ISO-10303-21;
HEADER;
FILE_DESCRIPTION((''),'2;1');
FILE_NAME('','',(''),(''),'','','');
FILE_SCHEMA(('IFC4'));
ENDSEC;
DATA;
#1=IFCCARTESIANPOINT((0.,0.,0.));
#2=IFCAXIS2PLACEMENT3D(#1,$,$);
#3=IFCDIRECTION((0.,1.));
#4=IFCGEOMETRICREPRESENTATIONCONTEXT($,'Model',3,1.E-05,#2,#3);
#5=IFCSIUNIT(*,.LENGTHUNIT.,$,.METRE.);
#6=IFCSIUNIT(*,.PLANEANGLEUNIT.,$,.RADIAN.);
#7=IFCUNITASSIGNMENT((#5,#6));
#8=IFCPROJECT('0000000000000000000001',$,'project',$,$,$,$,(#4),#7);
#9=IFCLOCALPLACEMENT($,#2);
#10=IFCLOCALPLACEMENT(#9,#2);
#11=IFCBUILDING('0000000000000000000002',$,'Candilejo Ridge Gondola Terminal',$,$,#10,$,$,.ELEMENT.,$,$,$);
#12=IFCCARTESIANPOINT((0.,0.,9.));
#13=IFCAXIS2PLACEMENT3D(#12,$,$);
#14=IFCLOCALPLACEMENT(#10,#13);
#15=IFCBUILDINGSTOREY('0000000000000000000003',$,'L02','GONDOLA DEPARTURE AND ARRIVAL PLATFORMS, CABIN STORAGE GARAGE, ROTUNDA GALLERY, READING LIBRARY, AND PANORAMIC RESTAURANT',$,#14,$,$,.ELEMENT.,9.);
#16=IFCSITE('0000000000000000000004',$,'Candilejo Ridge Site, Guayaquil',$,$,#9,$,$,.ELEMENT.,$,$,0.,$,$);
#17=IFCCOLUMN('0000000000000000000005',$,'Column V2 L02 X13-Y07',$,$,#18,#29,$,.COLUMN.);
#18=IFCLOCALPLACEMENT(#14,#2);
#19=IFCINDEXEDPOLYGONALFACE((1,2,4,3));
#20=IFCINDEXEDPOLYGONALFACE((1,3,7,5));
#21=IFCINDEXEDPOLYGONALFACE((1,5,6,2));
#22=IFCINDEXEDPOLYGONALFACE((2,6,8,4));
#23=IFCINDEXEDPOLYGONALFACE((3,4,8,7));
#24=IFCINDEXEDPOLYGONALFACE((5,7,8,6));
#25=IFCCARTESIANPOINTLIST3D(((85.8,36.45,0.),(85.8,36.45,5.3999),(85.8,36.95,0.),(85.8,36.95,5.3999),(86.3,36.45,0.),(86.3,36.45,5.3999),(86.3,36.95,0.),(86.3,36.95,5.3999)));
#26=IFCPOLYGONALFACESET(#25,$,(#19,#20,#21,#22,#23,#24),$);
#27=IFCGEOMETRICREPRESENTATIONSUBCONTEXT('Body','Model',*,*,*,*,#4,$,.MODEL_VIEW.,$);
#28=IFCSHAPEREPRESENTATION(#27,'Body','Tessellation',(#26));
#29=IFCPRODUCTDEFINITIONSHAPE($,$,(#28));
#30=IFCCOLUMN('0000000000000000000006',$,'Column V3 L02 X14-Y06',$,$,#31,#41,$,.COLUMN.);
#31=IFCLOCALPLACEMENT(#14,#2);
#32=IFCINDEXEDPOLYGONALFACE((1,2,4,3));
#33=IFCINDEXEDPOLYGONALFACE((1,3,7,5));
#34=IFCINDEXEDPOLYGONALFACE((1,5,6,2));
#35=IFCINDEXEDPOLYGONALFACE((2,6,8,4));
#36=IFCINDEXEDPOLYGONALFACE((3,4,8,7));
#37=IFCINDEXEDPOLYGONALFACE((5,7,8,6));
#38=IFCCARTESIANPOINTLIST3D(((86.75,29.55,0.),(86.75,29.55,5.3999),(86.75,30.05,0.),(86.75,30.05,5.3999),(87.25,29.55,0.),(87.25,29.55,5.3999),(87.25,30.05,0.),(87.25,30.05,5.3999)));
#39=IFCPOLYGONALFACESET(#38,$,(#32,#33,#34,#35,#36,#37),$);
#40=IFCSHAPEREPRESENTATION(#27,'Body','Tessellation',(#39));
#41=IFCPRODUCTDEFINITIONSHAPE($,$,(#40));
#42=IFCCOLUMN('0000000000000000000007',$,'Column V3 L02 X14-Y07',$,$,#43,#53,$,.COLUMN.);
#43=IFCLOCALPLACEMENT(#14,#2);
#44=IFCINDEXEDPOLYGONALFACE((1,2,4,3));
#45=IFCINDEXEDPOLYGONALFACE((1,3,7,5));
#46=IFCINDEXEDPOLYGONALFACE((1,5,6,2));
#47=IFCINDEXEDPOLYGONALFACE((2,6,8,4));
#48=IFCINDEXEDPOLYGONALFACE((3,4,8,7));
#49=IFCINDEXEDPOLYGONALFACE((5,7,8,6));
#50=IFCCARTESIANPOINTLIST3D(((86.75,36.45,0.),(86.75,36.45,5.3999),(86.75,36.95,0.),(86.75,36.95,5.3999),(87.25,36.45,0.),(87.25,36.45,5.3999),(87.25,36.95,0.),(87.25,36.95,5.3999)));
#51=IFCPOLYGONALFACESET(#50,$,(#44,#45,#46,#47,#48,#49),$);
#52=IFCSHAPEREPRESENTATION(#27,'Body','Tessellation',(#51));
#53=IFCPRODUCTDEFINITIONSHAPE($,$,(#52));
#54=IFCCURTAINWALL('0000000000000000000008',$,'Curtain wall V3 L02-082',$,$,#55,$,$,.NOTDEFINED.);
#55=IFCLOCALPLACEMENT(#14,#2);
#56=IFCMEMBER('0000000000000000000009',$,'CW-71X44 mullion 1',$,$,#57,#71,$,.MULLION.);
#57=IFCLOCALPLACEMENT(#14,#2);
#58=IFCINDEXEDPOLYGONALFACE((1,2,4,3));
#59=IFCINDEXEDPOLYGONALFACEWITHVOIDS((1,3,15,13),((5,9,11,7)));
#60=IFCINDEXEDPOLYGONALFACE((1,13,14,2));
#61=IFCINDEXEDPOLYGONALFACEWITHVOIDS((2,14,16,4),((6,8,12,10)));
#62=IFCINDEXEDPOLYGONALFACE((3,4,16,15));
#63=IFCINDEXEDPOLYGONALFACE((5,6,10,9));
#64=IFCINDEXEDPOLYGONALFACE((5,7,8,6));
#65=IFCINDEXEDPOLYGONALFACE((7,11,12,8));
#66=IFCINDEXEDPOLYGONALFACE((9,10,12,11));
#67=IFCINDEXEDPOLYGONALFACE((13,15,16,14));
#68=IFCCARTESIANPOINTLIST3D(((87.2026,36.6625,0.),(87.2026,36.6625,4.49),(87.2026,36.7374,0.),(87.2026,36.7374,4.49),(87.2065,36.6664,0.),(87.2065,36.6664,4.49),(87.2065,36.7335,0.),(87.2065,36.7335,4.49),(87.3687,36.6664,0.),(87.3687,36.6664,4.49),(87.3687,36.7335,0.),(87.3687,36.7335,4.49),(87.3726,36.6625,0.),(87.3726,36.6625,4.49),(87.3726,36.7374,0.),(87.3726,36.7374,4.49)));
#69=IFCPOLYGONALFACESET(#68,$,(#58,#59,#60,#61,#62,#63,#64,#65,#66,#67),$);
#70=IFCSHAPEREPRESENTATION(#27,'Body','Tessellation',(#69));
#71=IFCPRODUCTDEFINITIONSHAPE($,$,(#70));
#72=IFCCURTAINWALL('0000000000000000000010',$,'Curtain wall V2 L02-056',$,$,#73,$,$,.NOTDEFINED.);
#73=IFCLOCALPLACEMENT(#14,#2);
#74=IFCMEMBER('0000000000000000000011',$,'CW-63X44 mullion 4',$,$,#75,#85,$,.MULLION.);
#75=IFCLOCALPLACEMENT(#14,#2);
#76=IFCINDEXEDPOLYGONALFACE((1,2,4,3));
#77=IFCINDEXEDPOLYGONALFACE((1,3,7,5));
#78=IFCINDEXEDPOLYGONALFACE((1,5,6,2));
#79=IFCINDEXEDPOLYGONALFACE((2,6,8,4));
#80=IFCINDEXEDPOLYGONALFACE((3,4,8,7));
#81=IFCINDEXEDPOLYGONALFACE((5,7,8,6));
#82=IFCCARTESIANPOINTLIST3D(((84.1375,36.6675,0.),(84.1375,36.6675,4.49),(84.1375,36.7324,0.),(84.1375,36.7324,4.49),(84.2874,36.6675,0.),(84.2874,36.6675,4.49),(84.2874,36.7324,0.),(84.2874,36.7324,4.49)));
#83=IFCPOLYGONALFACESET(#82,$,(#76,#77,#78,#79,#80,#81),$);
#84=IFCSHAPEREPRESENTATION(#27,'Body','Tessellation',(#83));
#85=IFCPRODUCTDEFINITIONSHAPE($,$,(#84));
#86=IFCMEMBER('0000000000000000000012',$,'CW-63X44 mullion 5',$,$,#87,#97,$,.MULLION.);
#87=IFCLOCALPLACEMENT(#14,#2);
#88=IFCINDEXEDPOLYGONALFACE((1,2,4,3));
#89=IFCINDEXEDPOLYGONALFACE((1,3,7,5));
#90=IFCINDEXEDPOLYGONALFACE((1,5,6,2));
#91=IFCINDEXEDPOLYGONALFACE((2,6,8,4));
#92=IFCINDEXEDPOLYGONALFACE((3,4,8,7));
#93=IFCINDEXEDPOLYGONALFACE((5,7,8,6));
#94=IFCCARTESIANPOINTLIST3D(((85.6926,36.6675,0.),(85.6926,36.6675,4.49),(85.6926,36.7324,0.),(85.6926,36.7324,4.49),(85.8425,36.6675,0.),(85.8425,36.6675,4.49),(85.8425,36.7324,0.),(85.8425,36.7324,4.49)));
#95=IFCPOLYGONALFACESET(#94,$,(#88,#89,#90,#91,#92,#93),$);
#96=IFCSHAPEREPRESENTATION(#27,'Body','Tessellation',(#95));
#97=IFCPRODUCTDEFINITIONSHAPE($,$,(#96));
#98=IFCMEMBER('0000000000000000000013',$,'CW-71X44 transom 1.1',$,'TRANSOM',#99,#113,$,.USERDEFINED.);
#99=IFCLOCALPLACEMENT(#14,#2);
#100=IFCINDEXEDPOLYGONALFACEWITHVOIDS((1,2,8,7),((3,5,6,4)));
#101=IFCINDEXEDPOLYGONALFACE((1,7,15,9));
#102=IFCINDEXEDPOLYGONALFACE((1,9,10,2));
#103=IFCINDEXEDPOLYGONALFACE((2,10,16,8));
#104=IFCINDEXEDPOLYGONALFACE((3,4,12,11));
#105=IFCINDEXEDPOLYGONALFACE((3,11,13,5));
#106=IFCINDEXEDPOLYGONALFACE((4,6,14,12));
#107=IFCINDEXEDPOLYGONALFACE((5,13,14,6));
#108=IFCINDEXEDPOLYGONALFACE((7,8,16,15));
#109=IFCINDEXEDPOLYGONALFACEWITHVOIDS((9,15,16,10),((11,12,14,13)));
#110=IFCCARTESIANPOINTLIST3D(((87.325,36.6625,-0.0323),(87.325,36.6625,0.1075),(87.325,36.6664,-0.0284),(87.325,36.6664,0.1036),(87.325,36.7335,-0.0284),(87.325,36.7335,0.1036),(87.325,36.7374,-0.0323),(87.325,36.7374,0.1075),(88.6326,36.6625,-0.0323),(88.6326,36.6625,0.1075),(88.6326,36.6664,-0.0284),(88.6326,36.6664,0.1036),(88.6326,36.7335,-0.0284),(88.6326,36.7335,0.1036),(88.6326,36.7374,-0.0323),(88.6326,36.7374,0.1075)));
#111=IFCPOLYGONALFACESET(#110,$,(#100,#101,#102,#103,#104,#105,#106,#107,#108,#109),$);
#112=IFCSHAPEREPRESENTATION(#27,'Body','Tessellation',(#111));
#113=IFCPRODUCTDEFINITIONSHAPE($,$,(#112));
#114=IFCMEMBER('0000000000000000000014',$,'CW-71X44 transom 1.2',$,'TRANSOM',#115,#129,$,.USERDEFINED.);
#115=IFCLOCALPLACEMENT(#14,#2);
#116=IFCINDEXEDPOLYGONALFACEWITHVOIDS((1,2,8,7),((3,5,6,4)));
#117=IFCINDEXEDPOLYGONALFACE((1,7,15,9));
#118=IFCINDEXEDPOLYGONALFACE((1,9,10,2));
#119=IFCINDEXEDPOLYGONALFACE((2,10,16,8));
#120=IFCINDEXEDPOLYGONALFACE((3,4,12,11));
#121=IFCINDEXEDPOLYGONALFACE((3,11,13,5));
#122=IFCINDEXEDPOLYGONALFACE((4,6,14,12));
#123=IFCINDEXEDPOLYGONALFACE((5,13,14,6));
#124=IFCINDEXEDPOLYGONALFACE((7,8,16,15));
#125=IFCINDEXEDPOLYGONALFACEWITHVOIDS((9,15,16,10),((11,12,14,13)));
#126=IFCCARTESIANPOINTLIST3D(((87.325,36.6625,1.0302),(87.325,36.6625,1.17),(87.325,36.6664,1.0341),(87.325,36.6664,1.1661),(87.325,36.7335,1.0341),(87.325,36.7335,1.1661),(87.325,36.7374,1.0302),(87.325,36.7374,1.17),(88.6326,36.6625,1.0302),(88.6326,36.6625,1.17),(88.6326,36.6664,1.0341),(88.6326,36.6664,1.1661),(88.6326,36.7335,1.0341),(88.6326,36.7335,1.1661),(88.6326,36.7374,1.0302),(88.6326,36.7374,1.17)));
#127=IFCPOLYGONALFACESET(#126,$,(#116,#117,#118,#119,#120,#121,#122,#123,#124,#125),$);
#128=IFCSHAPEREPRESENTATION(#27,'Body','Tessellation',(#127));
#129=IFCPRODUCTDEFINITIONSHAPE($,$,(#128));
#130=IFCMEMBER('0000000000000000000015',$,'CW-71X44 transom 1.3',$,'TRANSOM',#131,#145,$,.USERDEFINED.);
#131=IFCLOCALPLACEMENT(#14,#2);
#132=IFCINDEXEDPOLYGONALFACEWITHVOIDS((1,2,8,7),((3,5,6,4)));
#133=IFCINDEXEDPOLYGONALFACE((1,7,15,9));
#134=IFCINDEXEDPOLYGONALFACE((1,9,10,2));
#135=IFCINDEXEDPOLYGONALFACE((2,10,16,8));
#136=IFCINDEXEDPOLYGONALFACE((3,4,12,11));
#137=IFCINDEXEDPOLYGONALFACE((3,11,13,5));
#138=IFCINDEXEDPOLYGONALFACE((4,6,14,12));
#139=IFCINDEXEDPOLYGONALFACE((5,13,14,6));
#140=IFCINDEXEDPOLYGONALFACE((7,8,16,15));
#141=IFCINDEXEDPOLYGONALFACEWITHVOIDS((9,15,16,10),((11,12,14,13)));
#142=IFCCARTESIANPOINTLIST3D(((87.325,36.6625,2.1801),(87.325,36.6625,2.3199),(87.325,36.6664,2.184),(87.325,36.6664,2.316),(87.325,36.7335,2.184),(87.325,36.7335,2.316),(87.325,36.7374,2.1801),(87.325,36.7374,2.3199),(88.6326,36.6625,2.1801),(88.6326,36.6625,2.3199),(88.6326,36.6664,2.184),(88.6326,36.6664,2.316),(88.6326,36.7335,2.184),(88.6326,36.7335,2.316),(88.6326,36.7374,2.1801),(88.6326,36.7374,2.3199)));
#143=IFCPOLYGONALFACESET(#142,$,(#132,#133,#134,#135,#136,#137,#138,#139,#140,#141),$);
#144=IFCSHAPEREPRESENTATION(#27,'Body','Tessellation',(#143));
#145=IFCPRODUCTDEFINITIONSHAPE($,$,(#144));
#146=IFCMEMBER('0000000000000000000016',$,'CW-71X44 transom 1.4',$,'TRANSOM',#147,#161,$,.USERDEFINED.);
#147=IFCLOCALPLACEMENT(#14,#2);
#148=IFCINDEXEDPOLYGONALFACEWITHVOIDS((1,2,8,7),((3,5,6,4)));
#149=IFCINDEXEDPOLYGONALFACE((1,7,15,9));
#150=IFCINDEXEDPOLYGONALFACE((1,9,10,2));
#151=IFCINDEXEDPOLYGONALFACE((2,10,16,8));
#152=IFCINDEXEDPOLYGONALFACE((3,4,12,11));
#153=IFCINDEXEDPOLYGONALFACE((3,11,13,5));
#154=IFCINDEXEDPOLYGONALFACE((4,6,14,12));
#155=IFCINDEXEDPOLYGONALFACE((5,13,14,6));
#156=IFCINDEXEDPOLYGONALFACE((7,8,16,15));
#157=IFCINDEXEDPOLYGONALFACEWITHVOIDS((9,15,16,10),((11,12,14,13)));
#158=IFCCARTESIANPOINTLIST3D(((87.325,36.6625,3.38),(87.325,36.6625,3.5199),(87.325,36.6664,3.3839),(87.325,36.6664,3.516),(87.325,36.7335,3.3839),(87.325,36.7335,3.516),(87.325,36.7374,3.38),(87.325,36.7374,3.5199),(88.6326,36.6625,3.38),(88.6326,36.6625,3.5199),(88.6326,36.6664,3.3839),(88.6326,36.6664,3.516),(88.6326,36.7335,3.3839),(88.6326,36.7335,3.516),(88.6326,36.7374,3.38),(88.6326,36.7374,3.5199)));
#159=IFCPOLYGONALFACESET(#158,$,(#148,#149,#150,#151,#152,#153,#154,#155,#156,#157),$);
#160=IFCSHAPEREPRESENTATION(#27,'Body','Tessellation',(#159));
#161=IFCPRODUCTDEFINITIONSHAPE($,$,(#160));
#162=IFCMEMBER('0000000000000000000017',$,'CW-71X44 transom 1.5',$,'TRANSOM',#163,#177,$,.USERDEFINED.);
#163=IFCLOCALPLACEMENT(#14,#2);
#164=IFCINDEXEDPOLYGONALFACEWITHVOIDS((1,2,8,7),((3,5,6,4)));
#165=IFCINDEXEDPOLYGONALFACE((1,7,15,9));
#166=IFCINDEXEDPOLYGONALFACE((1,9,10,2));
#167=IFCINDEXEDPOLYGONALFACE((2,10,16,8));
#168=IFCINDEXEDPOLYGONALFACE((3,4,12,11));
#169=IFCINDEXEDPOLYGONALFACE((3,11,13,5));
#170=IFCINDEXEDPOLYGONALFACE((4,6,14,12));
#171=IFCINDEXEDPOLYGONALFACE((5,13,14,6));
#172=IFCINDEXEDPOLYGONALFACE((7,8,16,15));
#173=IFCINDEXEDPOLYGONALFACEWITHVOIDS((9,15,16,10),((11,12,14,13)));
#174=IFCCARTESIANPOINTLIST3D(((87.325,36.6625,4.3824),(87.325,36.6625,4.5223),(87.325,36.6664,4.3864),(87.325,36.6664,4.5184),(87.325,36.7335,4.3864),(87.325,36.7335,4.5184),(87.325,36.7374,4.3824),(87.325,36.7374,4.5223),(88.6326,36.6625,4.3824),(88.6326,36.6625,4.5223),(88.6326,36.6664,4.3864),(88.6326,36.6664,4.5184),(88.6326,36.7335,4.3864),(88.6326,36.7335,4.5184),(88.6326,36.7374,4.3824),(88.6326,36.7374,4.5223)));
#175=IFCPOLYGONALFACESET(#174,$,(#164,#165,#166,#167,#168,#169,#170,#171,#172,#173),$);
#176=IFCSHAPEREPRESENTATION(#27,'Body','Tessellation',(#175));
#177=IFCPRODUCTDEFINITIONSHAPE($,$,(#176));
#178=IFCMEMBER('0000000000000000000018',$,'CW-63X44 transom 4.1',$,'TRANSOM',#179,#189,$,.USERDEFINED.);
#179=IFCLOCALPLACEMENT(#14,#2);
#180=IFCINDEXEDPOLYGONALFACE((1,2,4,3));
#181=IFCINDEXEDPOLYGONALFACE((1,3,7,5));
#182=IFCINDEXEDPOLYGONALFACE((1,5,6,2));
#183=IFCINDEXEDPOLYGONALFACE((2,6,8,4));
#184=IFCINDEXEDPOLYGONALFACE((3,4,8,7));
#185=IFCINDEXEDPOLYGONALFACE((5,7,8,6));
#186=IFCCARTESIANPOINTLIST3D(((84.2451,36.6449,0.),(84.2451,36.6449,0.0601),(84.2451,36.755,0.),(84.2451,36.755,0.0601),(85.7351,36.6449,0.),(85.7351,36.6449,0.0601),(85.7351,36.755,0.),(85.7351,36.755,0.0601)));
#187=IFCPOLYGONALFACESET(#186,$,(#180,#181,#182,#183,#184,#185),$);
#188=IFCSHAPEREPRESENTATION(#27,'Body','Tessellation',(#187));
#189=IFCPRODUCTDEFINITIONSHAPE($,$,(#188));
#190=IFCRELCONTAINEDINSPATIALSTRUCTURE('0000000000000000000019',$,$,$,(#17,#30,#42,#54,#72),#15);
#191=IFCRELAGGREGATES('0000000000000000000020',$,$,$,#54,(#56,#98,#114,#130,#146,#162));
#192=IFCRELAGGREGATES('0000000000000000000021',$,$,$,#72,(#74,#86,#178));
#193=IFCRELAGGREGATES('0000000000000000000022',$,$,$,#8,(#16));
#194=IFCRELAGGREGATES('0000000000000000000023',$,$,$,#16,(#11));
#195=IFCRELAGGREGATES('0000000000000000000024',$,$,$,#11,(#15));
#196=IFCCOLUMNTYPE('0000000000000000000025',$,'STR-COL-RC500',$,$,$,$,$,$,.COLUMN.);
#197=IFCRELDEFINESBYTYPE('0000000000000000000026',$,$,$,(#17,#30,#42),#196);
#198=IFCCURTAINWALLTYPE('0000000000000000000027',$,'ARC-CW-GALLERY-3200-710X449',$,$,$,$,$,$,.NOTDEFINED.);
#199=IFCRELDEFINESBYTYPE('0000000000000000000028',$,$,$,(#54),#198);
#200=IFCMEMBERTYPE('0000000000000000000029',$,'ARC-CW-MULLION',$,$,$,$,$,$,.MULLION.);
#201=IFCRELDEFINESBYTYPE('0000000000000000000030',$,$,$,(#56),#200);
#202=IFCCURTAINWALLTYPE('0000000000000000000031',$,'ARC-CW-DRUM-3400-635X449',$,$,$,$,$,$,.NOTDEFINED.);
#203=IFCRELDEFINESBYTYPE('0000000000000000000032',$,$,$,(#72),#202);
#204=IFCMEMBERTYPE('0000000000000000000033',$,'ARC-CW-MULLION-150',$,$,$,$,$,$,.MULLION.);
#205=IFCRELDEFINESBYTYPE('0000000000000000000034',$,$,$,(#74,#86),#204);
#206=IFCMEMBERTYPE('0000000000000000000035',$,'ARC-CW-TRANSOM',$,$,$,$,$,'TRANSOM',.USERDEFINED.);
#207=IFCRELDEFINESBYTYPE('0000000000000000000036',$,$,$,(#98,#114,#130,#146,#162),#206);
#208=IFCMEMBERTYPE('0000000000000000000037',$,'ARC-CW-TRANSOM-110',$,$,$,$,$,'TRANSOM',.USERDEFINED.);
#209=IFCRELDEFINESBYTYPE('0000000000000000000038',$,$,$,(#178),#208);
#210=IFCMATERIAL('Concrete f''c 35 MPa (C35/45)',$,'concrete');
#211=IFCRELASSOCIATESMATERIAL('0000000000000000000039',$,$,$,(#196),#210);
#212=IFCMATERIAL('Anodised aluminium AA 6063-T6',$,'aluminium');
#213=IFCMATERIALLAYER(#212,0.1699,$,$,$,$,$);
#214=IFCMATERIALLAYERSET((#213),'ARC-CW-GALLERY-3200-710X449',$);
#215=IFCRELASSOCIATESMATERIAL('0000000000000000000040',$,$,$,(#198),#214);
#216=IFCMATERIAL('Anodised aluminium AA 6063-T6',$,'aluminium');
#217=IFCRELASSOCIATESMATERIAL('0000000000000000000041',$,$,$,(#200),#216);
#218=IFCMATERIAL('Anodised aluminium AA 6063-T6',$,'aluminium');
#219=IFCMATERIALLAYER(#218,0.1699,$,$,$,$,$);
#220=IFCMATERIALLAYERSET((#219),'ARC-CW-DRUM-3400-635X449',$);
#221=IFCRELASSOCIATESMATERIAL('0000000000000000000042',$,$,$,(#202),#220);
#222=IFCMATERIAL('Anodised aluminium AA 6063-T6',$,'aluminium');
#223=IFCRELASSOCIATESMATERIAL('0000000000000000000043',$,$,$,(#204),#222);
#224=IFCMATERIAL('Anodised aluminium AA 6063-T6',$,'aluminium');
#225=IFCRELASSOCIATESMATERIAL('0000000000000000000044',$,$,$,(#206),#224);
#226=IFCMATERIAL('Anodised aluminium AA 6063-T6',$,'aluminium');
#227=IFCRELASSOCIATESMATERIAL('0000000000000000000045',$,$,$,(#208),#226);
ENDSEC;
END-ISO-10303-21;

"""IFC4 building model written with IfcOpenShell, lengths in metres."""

from ifc_helpers import new_model, si_unit, direction, frame, origin, origin_2d, place, context, subcontext, project, spatial, rectangle, hollow_rectangle, extrude, material, layer, layer_set, material_profile, profile_set, type_object, element, aggregate, save


model = new_model("IFC4")

# Units and contexts
model_context = context("Model", 3, precision=1e-05, world=origin(), true_north=direction((0.0, 1.0)))
body_context = subcontext(model_context, "Body", "Model", "MODEL_VIEW")
ifc_project = project(units=[si_unit("LENGTHUNIT", "METRE"), si_unit("PLANEANGLEUNIT", "RADIAN")], contexts=[model_context])

# Site, building, storey
site_placement = place(None, origin())
site = spatial("IfcSite", under=ifc_project, at=site_placement, Name="Candilejo Ridge Site, Guayaquil", CompositionType="ELEMENT", RefElevation=0.0)
building_placement = place(site_placement, origin())
building = spatial("IfcBuilding", under=site, at=building_placement, Name="Candilejo Ridge Gondola Terminal", CompositionType="ELEMENT")
storey_placement = place(building_placement, frame((0.0, 0.0, 9.0)))
storey = spatial("IfcBuildingStorey", under=building, at=storey_placement, Name="L02", Description="GONDOLA DEPARTURE AND ARRIVAL PLATFORMS, CABIN STORAGE GARAGE, ROTUNDA GALLERY, READING LIBRARY, AND PANORAMIC RESTAURANT", CompositionType="ELEMENT", Elevation=9.0)

# Columns
ifc_material_1 = material(Name="Concrete f'c 35 MPa (C35/45)", Category="concrete")
ifc_material_profile_1 = material_profile(ifc_material_1, rectangle(XDim=0.5, YDim=0.5, at=origin_2d()))
ifc_profile_set_1 = profile_set([ifc_material_profile_1], Name="Concrete f'c 35 MPa (C35/45)")
column_type = type_object("IfcColumnType", Name="STR-COL-RC500", PredefinedType="COLUMN", material=ifc_profile_set_1)
for number, where, z_axis, x_axis, name in (
    (1, (86.05, 36.7, 0.0), (0.0, 0.0, 1.0), (1.0, 0.0, 0.0), "Column V2 L02 X13-Y07"),
    (2, (87.0, 29.8, 0.0), (0.0, 0.0, 1.0), (1.0, 0.0, 0.0), "Column V3 L02 X14-Y06"),
    (3, (87.0, 36.7, 0.0), (0.0, 0.0, 1.0), (1.0, 0.0, 0.0), "Column V3 L02 X14-Y07"),
):
    element("IfcColumn", number, at=place(storey_placement, frame(where, z_axis=z_axis, x_axis=x_axis)), inside=storey, type_object=column_type, Name=name, PredefinedType="COLUMN", context=body_context, shape_type="SweptSolid", body=[
        extrude(rectangle(XDim=0.5, YDim=0.5, at=origin_2d()), origin(), (0.0, 0.0, 1.0), 5.3999),
    ])

# Curtain wall, member
ifc_material_2 = material(Name="Anodised aluminium AA 6063-T6", Category="aluminium")
ifc_layer_1 = layer(ifc_material_2, 0.1699)
ifc_layer_set_1 = layer_set([ifc_layer_1], Name="ARC-CW-GALLERY-3200-710X449")
curtain_wall_type_1 = type_object("IfcCurtainWallType", Name="ARC-CW-GALLERY-3200-710X449", PredefinedType="NOTDEFINED", material=ifc_layer_set_1)
curtain_wall_1_placement = place(storey_placement, origin())
curtain_wall_1 = element("IfcCurtainWall", 4, at=curtain_wall_1_placement, inside=storey, type_object=curtain_wall_type_1, Name="Curtain wall V3 L02-082", PredefinedType="NOTDEFINED")
ifc_material_3 = material(Name="Anodised aluminium AA 6063-T6", Category="aluminium")
ifc_material_profile_2 = material_profile(ifc_material_3, hollow_rectangle(XDim=0.075, YDim=0.1699, WallThickness=0.0039, at=origin_2d()))
ifc_profile_set_2 = profile_set([ifc_material_profile_2], Name="Anodised aluminium AA 6063-T6")
member_type_1 = type_object("IfcMemberType", Name="ARC-CW-MULLION", PredefinedType="MULLION", material=ifc_profile_set_2)
member_1_placement = place(storey_placement, frame((87.2876, 36.7, 0.0), z_axis=(0.0, 0.0, 1.0), x_axis=(0.0, 1.0, 0.0)))
member_1 = element("IfcMember", 5, at=member_1_placement, type_object=member_type_1, Name="CW-71X44 mullion 1", PredefinedType="MULLION", context=body_context, shape_type="SweptSolid", body=[
    extrude(hollow_rectangle(XDim=0.075, YDim=0.1699, WallThickness=0.0039, at=origin_2d()), origin(), (0.0, 0.0, 1.0), 4.49),
])

# Curtain wall, members
ifc_material_4 = material(Name="Anodised aluminium AA 6063-T6", Category="aluminium")
ifc_layer_2 = layer(ifc_material_4, 0.1699)
ifc_layer_set_2 = layer_set([ifc_layer_2], Name="ARC-CW-DRUM-3400-635X449")
curtain_wall_type_2 = type_object("IfcCurtainWallType", Name="ARC-CW-DRUM-3400-635X449", PredefinedType="NOTDEFINED", material=ifc_layer_set_2)
curtain_wall_2_placement = place(storey_placement, origin())
curtain_wall_2 = element("IfcCurtainWall", 6, at=curtain_wall_2_placement, inside=storey, type_object=curtain_wall_type_2, Name="Curtain wall V2 L02-056", PredefinedType="NOTDEFINED")
ifc_material_5 = material(Name="Anodised aluminium AA 6063-T6", Category="aluminium")
ifc_material_profile_3 = material_profile(ifc_material_5, rectangle(XDim=0.0649, YDim=0.1499, at=origin_2d()))
ifc_profile_set_3 = profile_set([ifc_material_profile_3], Name="Anodised aluminium AA 6063-T6")
member_type_2 = type_object("IfcMemberType", Name="ARC-CW-MULLION-150", PredefinedType="MULLION", material=ifc_profile_set_3)
member_2_placement = place(storey_placement, frame((84.2124, 36.7, 0.0), z_axis=(0.0, 0.0, 1.0), x_axis=(0.0, 1.0, 0.0)))
member_2 = element("IfcMember", 7, at=member_2_placement, type_object=member_type_2, Name="CW-63X44 mullion 4", PredefinedType="MULLION", context=body_context, shape_type="SweptSolid", body=[
    extrude(rectangle(XDim=0.0649, YDim=0.1499, at=origin_2d()), origin(), (0.0, 0.0, 1.0), 4.49),
])
member_3_placement = place(storey_placement, frame((85.7676, 36.7, 0.0), z_axis=(0.0, 0.0, 1.0), x_axis=(0.0, 1.0, 0.0)))
member_3 = element("IfcMember", 8, at=member_3_placement, type_object=member_type_2, Name="CW-63X44 mullion 5", PredefinedType="MULLION", context=body_context, shape_type="SweptSolid", body=[
    extrude(rectangle(XDim=0.0649, YDim=0.1499, at=origin_2d()), origin(), (0.0, 0.0, 1.0), 4.49),
])

# Members
ifc_material_6 = material(Name="Anodised aluminium AA 6063-T6", Category="aluminium")
ifc_material_profile_4 = material_profile(ifc_material_6, hollow_rectangle(XDim=0.075, YDim=0.1399, WallThickness=0.0039, at=origin_2d()))
ifc_profile_set_4 = profile_set([ifc_material_profile_4], Name="Anodised aluminium AA 6063-T6")
member_type_3 = type_object("IfcMemberType", Name="ARC-CW-TRANSOM", ElementType="TRANSOM", PredefinedType="USERDEFINED", material=ifc_profile_set_4)
member_4_placement = place(storey_placement, frame((87.325, 36.7, 0.0376), z_axis=(1.0, 0.0, 0.0), x_axis=(0.0, 1.0, 0.0)))
member_4 = element("IfcMember", 9, at=member_4_placement, type_object=member_type_3, Name="CW-71X44 transom 1.1", ObjectType="TRANSOM", PredefinedType="USERDEFINED", context=body_context, shape_type="SweptSolid", body=[
    extrude(hollow_rectangle(XDim=0.075, YDim=0.1399, WallThickness=0.0039, at=origin_2d()), origin(), (0.0, 0.0, 1.0), 1.3076),
])
member_5_placement = place(storey_placement, frame((87.325, 36.7, 1.1001), z_axis=(1.0, 0.0, 0.0), x_axis=(0.0, 1.0, 0.0)))
member_5 = element("IfcMember", 10, at=member_5_placement, type_object=member_type_3, Name="CW-71X44 transom 1.2", ObjectType="TRANSOM", PredefinedType="USERDEFINED", context=body_context, shape_type="SweptSolid", body=[
    extrude(hollow_rectangle(XDim=0.075, YDim=0.1399, WallThickness=0.0039, at=origin_2d()), origin(), (0.0, 0.0, 1.0), 1.3076),
])
member_6_placement = place(storey_placement, frame((87.325, 36.7, 2.25), z_axis=(1.0, 0.0, 0.0), x_axis=(0.0, 1.0, 0.0)))
member_6 = element("IfcMember", 11, at=member_6_placement, type_object=member_type_3, Name="CW-71X44 transom 1.3", ObjectType="TRANSOM", PredefinedType="USERDEFINED", context=body_context, shape_type="SweptSolid", body=[
    extrude(hollow_rectangle(XDim=0.075, YDim=0.1399, WallThickness=0.0039, at=origin_2d()), origin(), (0.0, 0.0, 1.0), 1.3076),
])
member_7_placement = place(storey_placement, frame((87.325, 36.7, 3.45), z_axis=(1.0, 0.0, 0.0), x_axis=(0.0, 1.0, 0.0)))
member_7 = element("IfcMember", 12, at=member_7_placement, type_object=member_type_3, Name="CW-71X44 transom 1.4", ObjectType="TRANSOM", PredefinedType="USERDEFINED", context=body_context, shape_type="SweptSolid", body=[
    extrude(hollow_rectangle(XDim=0.075, YDim=0.1399, WallThickness=0.0039, at=origin_2d()), origin(), (0.0, 0.0, 1.0), 1.3076),
])
member_8_placement = place(storey_placement, frame((87.325, 36.7, 4.4524), z_axis=(1.0, 0.0, 0.0), x_axis=(0.0, 1.0, 0.0)))
member_8 = element("IfcMember", 13, at=member_8_placement, type_object=member_type_3, Name="CW-71X44 transom 1.5", ObjectType="TRANSOM", PredefinedType="USERDEFINED", context=body_context, shape_type="SweptSolid", body=[
    extrude(hollow_rectangle(XDim=0.075, YDim=0.1399, WallThickness=0.0039, at=origin_2d()), origin(), (0.0, 0.0, 1.0), 1.3076),
])
aggregate(curtain_wall_1, [member_1, member_4, member_5, member_6, member_7, member_8])
ifc_material_7 = material(Name="Anodised aluminium AA 6063-T6", Category="aluminium")
ifc_material_profile_5 = material_profile(ifc_material_7, rectangle(XDim=0.1101, YDim=0.0601, at=origin_2d()))
ifc_profile_set_5 = profile_set([ifc_material_profile_5], Name="Anodised aluminium AA 6063-T6")
member_type_4 = type_object("IfcMemberType", Name="ARC-CW-TRANSOM-110", ElementType="TRANSOM", PredefinedType="USERDEFINED", material=ifc_profile_set_5)
member_9_placement = place(storey_placement, frame((84.2451, 36.7, 0.03), z_axis=(1.0, 0.0, 0.0), x_axis=(0.0, 1.0, 0.0)))
member_9 = element("IfcMember", 14, at=member_9_placement, type_object=member_type_4, Name="CW-63X44 transom 4.1", ObjectType="TRANSOM", PredefinedType="USERDEFINED", context=body_context, shape_type="SweptSolid", body=[
    extrude(rectangle(XDim=0.1101, YDim=0.0601, at=origin_2d()), origin(), (0.0, 0.0, 1.0), 1.49),
])

aggregate(curtain_wall_2, [member_2, member_3, member_9])

save(model, "model.ifc")
